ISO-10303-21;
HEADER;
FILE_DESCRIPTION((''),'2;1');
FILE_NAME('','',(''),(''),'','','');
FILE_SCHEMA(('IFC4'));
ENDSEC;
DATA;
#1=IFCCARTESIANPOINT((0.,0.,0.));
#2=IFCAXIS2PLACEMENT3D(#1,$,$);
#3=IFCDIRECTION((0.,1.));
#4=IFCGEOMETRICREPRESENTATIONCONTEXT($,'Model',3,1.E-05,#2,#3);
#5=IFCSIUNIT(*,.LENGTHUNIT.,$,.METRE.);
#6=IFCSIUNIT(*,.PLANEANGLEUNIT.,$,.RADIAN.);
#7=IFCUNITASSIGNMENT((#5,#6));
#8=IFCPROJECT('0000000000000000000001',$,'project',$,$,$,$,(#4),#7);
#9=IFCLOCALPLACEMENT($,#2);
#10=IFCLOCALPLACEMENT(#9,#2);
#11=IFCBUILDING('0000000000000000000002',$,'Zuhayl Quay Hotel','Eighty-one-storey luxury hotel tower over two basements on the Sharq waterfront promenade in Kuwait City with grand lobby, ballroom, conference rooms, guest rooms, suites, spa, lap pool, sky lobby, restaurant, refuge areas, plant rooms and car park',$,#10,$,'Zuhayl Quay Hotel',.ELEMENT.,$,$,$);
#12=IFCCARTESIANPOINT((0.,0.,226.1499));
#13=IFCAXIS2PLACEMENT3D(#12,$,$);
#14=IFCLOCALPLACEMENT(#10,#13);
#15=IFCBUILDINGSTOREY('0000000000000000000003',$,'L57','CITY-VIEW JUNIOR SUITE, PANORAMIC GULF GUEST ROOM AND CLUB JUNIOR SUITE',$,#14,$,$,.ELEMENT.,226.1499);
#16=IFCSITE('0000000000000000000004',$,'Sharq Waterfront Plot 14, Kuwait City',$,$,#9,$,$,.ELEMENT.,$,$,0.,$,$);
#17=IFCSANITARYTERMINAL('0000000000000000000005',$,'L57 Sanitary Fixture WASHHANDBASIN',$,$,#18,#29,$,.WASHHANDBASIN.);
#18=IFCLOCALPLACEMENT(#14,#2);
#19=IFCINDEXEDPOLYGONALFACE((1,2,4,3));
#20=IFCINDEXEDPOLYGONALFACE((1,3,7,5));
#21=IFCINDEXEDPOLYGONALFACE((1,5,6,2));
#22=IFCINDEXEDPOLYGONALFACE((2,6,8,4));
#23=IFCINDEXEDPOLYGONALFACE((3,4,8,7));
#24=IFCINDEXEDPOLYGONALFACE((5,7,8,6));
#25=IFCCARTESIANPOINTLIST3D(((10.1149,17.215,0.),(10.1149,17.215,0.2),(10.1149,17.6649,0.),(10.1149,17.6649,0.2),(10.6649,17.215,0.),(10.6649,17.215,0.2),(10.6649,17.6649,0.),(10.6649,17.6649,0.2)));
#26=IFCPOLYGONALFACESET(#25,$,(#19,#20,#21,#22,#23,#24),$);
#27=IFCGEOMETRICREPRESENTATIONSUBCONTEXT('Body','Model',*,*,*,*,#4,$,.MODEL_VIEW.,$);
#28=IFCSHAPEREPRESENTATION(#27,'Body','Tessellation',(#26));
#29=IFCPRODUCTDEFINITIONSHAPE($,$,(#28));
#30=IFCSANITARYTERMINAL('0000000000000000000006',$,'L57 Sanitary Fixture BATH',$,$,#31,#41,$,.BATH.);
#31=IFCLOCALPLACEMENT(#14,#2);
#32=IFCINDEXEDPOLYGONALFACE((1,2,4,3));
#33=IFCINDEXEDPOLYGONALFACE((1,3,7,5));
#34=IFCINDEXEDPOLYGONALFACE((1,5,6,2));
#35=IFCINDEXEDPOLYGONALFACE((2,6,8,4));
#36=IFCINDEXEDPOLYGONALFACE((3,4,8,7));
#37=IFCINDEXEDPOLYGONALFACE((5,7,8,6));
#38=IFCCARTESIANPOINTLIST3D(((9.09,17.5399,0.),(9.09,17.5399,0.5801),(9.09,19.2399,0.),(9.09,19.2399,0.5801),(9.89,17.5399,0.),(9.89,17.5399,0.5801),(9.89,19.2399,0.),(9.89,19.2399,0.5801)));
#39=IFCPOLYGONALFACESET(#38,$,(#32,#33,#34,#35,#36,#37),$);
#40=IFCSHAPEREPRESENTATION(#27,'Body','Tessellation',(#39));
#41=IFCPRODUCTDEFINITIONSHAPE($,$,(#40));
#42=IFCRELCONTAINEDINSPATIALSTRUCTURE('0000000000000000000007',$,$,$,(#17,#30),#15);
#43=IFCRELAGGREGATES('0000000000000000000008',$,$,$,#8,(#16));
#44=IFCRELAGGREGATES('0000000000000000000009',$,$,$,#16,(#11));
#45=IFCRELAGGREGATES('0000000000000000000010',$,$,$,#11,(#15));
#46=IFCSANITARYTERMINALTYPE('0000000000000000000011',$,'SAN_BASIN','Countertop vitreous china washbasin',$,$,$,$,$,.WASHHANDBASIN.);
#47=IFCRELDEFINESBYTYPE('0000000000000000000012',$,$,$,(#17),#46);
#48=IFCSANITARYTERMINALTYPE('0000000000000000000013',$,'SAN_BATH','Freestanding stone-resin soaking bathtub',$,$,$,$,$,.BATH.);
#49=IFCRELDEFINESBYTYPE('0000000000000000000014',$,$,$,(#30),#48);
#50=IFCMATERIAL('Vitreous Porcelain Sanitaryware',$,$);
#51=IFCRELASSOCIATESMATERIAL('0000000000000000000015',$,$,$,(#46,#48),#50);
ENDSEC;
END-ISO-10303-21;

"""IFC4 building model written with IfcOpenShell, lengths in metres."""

from ifc_helpers import new_model, si_unit, direction, frame, origin, origin_2d, place, context, subcontext, project, spatial, rectangle, extrude, material, type_object, element, save


model = new_model("IFC4")

# Units and contexts
model_context = context("Model", 3, precision=1e-05, world=origin(), true_north=direction((0.0, 1.0)))
body_context = subcontext(model_context, "Body", "Model", "MODEL_VIEW")
ifc_project = project(units=[si_unit("LENGTHUNIT", "METRE"), si_unit("PLANEANGLEUNIT", "RADIAN")], contexts=[model_context])

# Site, building, storey
site_placement = place(None, origin())
site = spatial("IfcSite", under=ifc_project, at=site_placement, Name="Sharq Waterfront Plot 14, Kuwait City", CompositionType="ELEMENT", RefElevation=0.0)
building_placement = place(site_placement, origin())
building = spatial("IfcBuilding", under=site, at=building_placement, Name="Zuhayl Quay Hotel", Description="Eighty-one-storey luxury hotel tower over two basements on the Sharq waterfront promenade in Kuwait City with grand lobby, ballroom, conference rooms, guest rooms, suites, spa, lap pool, sky lobby, restaurant, refuge areas, plant rooms and car park", LongName="Zuhayl Quay Hotel", CompositionType="ELEMENT")
storey_placement = place(building_placement, frame((0.0, 0.0, 226.1499)))
storey = spatial("IfcBuildingStorey", under=building, at=storey_placement, Name="L57", Description="CITY-VIEW JUNIOR SUITE, PANORAMIC GULF GUEST ROOM AND CLUB JUNIOR SUITE", CompositionType="ELEMENT", Elevation=226.1499)

# Sanitary terminals
ifc_material_1 = material(Name="Vitreous Porcelain Sanitaryware")
sanitary_terminal_type_1 = type_object("IfcSanitaryTerminalType", Name="SAN_BASIN", Description="Countertop vitreous china washbasin", PredefinedType="WASHHANDBASIN", material=ifc_material_1)
sanitary_terminal_1_placement = place(storey_placement, frame((10.3899, 17.4399, 0.0), z_axis=(0.0, 0.0, 1.0), x_axis=(1.0, 0.0, 0.0)))
element("IfcSanitaryTerminal", 1, at=sanitary_terminal_1_placement, inside=storey, type_object=sanitary_terminal_type_1, Name="L57 Sanitary Fixture WASHHANDBASIN", PredefinedType="WASHHANDBASIN", context=body_context, shape_type="SweptSolid", body=[
    extrude(rectangle(XDim=0.55, YDim=0.45, at=origin_2d()), origin(), (0.0, 0.0, 1.0), 0.2),
])
sanitary_terminal_type_2 = type_object("IfcSanitaryTerminalType", Name="SAN_BATH", Description="Freestanding stone-resin soaking bathtub", PredefinedType="BATH", material=ifc_material_1)
sanitary_terminal_2_placement = place(storey_placement, frame((9.49, 18.3899, 0.0), z_axis=(0.0, 0.0, 1.0), x_axis=(1.0, 0.0, 0.0)))
element("IfcSanitaryTerminal", 2, at=sanitary_terminal_2_placement, inside=storey, type_object=sanitary_terminal_type_2, Name="L57 Sanitary Fixture BATH", PredefinedType="BATH", context=body_context, shape_type="SweptSolid", body=[
    extrude(rectangle(XDim=0.8, YDim=1.7, at=origin_2d()), origin(), (0.0, 0.0, 1.0), 0.5801),
])

save(model, "model.ifc")
